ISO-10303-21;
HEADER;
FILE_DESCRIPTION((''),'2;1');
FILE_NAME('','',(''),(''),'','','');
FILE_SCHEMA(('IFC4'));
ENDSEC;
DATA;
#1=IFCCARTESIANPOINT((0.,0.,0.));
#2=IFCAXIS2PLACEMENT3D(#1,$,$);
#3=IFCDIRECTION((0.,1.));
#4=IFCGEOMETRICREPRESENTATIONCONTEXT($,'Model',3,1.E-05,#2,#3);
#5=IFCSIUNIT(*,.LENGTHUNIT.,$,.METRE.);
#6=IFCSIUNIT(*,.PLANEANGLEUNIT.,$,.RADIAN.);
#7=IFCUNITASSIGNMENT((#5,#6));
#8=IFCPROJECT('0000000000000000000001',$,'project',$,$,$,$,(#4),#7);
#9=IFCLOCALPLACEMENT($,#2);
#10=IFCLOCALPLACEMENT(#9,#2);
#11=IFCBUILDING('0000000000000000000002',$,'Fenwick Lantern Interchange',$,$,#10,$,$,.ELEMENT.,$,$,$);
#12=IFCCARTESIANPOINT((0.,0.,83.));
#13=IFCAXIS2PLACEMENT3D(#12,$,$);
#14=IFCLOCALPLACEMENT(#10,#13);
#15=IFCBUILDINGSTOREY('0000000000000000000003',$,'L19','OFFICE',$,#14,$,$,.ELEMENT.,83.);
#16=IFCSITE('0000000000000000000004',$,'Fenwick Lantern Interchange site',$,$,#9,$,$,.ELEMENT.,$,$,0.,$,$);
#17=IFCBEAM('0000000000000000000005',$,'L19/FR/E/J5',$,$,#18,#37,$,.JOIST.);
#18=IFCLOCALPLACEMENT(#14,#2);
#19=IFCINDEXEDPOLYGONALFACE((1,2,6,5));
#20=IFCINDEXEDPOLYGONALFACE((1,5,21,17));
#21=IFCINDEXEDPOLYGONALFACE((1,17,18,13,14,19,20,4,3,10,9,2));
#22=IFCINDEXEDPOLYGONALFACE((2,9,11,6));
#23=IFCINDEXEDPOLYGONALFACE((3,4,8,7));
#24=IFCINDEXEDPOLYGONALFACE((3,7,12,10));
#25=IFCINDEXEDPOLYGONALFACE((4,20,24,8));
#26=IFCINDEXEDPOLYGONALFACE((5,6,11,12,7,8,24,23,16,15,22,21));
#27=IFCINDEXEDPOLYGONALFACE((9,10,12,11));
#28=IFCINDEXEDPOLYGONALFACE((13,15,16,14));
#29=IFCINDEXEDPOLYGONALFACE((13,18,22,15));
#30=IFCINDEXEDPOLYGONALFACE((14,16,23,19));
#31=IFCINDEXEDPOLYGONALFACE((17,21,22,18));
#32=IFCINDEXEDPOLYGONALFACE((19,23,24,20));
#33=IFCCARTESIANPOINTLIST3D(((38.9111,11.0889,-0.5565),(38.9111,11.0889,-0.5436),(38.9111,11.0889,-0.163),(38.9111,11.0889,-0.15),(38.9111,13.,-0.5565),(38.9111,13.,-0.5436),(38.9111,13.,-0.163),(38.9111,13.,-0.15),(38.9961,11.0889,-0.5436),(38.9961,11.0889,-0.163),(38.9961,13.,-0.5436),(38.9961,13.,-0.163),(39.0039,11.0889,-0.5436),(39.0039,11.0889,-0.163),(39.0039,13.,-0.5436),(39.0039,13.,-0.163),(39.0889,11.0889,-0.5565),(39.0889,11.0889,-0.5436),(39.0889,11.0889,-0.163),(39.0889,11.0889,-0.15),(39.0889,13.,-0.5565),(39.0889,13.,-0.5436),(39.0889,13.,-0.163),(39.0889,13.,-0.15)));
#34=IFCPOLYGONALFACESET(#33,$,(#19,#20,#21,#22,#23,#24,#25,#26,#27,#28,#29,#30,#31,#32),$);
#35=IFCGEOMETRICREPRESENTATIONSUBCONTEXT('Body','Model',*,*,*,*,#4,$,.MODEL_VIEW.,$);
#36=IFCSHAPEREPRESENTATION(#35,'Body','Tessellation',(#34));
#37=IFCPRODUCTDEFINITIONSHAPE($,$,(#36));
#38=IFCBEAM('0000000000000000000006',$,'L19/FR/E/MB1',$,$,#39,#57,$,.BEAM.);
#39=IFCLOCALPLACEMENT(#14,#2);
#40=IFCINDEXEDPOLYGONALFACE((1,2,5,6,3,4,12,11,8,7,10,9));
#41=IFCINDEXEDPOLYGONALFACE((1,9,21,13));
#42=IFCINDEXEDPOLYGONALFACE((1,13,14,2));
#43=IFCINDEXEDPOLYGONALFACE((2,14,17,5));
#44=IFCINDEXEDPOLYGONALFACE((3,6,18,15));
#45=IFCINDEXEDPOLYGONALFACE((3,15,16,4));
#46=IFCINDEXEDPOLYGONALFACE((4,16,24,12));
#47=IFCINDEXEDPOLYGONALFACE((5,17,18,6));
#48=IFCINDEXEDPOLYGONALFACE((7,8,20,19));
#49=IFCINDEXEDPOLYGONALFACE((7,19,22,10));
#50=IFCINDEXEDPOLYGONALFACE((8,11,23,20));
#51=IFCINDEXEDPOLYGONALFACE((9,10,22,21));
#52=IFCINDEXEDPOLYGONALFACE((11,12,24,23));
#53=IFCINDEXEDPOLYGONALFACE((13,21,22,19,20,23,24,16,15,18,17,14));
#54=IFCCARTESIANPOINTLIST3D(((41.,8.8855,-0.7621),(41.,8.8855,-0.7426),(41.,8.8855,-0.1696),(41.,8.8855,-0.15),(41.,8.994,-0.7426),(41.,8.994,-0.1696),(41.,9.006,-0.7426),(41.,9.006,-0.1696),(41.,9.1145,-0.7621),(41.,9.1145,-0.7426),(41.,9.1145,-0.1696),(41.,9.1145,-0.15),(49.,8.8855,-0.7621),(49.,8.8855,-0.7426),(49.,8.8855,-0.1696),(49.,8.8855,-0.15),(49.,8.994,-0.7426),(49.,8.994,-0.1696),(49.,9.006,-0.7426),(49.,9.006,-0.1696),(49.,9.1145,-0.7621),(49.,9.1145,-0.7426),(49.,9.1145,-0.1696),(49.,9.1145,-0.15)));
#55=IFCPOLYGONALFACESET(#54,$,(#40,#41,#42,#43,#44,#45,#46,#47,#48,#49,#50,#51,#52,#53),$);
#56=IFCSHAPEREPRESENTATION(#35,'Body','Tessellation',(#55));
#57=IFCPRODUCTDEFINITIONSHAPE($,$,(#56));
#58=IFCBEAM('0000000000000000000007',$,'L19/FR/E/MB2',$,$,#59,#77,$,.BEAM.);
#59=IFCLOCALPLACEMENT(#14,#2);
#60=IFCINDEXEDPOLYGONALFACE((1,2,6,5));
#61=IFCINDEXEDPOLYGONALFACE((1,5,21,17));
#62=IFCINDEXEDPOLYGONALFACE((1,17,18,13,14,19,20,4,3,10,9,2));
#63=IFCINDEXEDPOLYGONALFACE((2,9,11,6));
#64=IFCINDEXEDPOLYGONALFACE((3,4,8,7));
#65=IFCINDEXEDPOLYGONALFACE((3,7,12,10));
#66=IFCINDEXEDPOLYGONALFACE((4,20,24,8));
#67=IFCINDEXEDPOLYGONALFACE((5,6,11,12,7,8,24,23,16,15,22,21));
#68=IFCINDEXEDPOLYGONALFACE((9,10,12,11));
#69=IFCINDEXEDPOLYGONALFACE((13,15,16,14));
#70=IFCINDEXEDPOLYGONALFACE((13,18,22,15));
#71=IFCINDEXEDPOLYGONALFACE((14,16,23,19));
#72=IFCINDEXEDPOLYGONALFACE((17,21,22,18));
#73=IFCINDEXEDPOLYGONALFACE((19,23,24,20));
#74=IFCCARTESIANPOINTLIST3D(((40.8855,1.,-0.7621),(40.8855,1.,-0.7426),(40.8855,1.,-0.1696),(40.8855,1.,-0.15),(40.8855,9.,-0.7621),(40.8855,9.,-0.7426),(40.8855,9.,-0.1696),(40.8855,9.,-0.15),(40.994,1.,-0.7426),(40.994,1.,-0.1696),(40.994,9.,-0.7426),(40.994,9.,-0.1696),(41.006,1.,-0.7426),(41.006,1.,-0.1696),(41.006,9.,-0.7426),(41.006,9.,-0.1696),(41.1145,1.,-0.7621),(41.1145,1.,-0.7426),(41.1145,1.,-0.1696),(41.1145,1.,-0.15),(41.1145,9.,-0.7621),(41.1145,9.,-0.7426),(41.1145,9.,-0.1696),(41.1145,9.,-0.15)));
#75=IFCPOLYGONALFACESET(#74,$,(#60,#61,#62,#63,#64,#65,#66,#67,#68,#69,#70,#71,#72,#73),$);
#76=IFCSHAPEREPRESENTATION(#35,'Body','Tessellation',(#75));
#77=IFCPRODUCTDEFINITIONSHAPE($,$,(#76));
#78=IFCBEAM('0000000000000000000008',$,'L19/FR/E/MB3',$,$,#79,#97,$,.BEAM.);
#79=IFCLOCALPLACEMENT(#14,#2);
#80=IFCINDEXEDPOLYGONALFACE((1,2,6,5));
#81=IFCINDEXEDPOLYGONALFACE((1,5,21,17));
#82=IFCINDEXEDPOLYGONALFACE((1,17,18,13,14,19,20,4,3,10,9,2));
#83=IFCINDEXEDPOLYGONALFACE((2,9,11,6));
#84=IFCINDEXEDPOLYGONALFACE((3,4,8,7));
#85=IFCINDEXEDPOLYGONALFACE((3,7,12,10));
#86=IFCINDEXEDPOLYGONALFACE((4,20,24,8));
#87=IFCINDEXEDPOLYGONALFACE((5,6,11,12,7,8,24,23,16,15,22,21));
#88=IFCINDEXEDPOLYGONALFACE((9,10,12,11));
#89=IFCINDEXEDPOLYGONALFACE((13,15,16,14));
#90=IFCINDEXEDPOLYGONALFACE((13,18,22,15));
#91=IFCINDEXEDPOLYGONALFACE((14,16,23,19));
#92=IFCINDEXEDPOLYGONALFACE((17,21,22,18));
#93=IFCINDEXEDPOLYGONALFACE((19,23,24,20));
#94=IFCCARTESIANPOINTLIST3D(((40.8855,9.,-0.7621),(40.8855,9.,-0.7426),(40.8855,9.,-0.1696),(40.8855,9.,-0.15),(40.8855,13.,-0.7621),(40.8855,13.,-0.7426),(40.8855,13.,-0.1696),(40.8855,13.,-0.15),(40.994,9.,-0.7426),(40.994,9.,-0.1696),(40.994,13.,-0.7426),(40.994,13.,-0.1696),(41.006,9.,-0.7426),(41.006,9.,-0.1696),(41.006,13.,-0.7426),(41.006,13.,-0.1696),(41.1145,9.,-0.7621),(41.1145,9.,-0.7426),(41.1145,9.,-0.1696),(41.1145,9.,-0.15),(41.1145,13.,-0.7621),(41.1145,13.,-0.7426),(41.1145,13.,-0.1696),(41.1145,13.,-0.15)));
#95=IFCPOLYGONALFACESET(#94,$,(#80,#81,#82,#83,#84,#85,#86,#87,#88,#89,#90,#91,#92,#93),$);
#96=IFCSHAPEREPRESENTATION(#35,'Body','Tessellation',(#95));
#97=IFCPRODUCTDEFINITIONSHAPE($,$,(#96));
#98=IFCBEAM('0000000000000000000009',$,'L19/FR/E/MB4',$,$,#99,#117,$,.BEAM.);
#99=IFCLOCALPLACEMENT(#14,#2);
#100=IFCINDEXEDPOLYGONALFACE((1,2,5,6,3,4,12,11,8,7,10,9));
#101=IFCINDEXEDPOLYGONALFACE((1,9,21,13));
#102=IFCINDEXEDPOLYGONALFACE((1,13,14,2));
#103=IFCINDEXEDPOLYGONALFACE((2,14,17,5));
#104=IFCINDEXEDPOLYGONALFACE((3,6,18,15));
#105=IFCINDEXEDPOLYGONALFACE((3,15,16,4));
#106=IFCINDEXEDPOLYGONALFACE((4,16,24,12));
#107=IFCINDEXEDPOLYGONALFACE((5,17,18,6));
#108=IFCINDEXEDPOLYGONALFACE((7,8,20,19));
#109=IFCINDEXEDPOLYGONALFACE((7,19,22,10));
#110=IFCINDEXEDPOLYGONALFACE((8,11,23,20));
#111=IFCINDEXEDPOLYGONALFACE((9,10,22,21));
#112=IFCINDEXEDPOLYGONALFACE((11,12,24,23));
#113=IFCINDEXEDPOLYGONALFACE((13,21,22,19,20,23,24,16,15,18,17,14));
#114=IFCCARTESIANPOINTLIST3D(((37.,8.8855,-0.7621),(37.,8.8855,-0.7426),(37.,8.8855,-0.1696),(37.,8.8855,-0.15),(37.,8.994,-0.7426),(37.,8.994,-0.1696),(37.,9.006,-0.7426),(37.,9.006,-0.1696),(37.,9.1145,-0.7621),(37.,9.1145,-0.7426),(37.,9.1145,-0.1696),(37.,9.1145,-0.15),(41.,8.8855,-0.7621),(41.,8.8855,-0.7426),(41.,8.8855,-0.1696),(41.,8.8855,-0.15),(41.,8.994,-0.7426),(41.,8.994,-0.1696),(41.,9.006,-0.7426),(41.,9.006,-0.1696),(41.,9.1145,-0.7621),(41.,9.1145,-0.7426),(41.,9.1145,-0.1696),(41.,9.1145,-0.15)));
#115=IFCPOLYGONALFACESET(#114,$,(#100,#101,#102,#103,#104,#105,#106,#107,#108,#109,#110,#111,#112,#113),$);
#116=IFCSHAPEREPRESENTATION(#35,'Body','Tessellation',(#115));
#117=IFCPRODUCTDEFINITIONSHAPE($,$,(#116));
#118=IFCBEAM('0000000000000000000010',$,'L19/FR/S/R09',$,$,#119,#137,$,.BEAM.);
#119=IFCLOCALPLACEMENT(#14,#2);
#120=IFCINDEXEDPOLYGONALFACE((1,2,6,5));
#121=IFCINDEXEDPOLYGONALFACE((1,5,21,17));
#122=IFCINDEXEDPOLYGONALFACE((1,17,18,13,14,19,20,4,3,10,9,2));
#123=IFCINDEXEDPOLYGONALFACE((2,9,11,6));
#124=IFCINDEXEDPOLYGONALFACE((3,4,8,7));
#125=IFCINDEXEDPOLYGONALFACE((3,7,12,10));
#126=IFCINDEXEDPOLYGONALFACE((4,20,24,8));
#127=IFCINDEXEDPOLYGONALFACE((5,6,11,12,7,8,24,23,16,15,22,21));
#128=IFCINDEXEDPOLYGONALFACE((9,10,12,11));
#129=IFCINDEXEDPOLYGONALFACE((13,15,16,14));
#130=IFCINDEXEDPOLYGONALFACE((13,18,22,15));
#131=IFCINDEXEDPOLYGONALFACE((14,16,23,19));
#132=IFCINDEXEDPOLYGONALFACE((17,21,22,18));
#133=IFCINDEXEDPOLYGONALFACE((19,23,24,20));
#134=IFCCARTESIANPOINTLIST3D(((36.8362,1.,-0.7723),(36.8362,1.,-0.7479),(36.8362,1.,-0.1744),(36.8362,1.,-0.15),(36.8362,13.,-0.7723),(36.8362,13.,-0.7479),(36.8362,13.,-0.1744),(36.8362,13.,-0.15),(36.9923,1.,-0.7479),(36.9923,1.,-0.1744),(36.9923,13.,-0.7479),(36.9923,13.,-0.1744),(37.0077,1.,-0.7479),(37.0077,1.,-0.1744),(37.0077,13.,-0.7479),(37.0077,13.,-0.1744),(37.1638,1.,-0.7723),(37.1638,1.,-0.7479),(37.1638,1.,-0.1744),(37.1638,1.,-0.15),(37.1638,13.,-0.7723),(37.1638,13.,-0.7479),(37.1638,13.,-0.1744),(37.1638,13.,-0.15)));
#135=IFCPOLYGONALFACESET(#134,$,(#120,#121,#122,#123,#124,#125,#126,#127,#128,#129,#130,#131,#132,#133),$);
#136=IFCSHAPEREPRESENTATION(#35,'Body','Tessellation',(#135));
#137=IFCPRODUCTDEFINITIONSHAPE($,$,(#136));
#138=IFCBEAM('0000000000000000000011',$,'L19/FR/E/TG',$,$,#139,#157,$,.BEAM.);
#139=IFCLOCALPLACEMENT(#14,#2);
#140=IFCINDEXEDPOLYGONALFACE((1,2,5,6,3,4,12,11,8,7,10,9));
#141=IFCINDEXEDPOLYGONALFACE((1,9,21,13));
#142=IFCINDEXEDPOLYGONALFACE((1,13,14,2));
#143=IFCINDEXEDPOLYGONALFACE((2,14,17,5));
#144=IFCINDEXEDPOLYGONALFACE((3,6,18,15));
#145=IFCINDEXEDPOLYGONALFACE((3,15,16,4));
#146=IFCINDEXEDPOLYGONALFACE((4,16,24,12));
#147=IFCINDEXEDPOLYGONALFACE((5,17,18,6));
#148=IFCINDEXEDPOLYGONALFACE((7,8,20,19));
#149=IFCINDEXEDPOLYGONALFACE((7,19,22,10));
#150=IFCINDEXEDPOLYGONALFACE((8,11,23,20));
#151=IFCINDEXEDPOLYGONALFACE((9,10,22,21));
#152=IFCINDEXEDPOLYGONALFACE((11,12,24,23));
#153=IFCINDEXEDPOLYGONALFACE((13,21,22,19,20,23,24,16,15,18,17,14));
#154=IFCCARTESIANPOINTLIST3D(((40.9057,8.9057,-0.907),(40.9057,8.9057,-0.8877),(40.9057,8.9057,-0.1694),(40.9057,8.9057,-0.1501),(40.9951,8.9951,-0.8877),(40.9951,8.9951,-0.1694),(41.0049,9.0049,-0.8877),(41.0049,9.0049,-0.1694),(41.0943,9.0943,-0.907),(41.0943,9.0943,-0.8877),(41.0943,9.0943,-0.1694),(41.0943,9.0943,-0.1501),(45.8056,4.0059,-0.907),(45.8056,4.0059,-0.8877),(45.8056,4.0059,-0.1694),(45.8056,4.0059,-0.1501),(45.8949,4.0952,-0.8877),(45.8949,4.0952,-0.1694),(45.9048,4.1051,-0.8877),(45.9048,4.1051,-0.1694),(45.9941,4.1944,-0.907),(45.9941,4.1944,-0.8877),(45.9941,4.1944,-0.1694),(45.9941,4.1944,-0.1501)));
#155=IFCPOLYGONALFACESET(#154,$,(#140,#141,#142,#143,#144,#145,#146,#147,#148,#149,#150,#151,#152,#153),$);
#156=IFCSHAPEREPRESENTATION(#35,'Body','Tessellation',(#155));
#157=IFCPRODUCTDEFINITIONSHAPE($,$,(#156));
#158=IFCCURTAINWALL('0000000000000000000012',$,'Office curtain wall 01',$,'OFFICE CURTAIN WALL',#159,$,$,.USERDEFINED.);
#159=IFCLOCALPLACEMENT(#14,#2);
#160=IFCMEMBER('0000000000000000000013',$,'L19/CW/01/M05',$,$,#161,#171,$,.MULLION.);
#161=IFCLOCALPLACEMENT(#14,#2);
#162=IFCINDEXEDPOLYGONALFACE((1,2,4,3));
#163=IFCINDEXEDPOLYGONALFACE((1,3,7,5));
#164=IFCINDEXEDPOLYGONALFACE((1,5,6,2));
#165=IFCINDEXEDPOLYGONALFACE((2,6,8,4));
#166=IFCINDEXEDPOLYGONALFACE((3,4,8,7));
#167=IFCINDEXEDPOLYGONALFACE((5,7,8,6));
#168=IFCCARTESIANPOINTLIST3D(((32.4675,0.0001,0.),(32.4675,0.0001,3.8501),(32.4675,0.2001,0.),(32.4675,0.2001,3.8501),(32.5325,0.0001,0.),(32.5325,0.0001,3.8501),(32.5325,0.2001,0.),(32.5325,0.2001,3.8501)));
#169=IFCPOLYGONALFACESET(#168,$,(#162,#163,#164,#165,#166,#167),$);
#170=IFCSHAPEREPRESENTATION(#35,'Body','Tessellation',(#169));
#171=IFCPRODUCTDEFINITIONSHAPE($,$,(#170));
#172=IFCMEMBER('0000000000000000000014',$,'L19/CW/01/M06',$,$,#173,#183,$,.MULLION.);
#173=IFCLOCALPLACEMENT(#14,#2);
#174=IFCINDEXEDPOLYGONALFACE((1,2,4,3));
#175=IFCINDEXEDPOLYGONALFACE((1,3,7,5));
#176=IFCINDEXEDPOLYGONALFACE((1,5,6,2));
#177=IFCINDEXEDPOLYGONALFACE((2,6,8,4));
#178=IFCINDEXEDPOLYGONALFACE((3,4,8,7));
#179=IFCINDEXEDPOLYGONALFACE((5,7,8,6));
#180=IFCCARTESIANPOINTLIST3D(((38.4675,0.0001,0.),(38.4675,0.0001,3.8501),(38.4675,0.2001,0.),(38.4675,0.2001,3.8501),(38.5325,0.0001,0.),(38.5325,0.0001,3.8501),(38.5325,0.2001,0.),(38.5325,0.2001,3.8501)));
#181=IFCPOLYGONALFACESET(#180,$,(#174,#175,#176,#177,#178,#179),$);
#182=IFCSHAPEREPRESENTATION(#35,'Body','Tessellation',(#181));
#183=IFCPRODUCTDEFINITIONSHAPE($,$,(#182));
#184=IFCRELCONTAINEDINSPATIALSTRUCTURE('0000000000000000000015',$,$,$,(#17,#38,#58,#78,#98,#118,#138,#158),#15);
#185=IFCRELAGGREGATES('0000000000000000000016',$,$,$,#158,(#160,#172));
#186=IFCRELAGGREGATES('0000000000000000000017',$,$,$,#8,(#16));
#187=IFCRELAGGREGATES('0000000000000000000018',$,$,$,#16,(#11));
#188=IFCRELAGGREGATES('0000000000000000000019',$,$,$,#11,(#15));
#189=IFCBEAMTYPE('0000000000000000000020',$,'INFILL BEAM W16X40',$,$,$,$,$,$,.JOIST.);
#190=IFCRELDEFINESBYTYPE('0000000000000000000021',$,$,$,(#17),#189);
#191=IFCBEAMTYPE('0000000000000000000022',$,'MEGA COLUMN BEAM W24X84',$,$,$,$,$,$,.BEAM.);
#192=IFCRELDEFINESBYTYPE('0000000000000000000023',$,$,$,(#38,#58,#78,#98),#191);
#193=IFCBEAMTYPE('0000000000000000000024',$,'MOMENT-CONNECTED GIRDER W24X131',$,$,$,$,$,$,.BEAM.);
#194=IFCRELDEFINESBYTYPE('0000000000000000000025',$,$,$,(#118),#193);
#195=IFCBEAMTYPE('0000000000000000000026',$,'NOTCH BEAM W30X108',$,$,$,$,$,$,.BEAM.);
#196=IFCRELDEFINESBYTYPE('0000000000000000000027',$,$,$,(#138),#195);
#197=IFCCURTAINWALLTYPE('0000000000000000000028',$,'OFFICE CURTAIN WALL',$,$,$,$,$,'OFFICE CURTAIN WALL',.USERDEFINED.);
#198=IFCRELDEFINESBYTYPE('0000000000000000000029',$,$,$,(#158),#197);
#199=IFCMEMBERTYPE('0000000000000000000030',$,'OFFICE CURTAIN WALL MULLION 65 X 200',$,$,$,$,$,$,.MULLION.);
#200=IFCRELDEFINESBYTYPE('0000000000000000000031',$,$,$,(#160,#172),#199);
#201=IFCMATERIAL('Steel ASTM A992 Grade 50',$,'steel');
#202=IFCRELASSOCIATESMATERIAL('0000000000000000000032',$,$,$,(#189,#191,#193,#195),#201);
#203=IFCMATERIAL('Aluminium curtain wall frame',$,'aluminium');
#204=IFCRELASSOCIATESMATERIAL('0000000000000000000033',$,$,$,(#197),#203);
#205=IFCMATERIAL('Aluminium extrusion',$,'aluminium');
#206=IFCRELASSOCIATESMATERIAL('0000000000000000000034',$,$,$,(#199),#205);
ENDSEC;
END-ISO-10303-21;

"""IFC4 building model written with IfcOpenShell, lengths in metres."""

from ifc_helpers import new_model, si_unit, direction, frame, origin, origin_2d, place, context, subcontext, project, spatial, rectangle, i_section, extrude, material, material_profile, profile_set, type_object, element, aggregate, save


model = new_model("IFC4")

# Units and contexts
model_context = context("Model", 3, precision=1e-05, world=origin(), true_north=direction((0.0, 1.0)))
body_context = subcontext(model_context, "Body", "Model", "MODEL_VIEW")
ifc_project = project(units=[si_unit("LENGTHUNIT", "METRE"), si_unit("PLANEANGLEUNIT", "RADIAN")], contexts=[model_context])

# Site, building, storey
site_placement = place(None, origin())
site = spatial("IfcSite", under=ifc_project, at=site_placement, Name="Fenwick Lantern Interchange site", CompositionType="ELEMENT", RefElevation=0.0)
building_placement = place(site_placement, origin())
building = spatial("IfcBuilding", under=site, at=building_placement, Name="Fenwick Lantern Interchange", CompositionType="ELEMENT")
storey_placement = place(building_placement, frame((0.0, 0.0, 83.0)))
storey = spatial("IfcBuildingStorey", under=building, at=storey_placement, Name="L19", Description="OFFICE", CompositionType="ELEMENT", Elevation=83.0)

# Beams
ifc_material_1 = material(Name="Steel ASTM A992 Grade 50", Category="steel")
ifc_material_profile_1 = material_profile(ifc_material_1, i_section(OverallWidth=0.1777, OverallDepth=0.4065, WebThickness=0.0078, FlangeThickness=0.0129, at=origin_2d()), Name="W16X40")
ifc_profile_set_1 = profile_set([ifc_material_profile_1], Name="Steel ASTM A992 Grade 50")
beam_type_1 = type_object("IfcBeamType", Name="INFILL BEAM W16X40", PredefinedType="JOIST", material=ifc_profile_set_1)
beam_1_placement = place(storey_placement, frame((39.0, 11.0889, -0.3533), z_axis=(0.0, 1.0, 0.0), x_axis=(-1.0, 0.0, 0.0)))
element("IfcBeam", 1, at=beam_1_placement, inside=storey, type_object=beam_type_1, Name="L19/FR/E/J5", PredefinedType="JOIST", context=body_context, shape_type="SweptSolid", body=[
    extrude(i_section(OverallWidth=0.1777, OverallDepth=0.4065, WebThickness=0.0078, FlangeThickness=0.0129, at=origin_2d()), origin(), (0.0, 0.0, 1.0), 1.9111),
])
ifc_material_profile_2 = material_profile(ifc_material_1, i_section(OverallWidth=0.229, OverallDepth=0.6121, WebThickness=0.012, FlangeThickness=0.0195, at=origin_2d()), Name="W24X84")
ifc_profile_set_2 = profile_set([ifc_material_profile_2], Name="Steel ASTM A992 Grade 50")
beam_type_2 = type_object("IfcBeamType", Name="MEGA COLUMN BEAM W24X84", PredefinedType="BEAM", material=ifc_profile_set_2)
for number, where, z_axis, x_axis, name in (
    (2, (41.0, 9.0, -0.4561), (1.0, 0.0, 0.0), (0.0, 1.0, 0.0), "L19/FR/E/MB1"),
    (3, (41.0, 9.0, -0.4561), (0.0, -1.0, 0.0), (1.0, 0.0, 0.0), "L19/FR/E/MB2"),
):
    element("IfcBeam", number, at=place(storey_placement, frame(where, z_axis=z_axis, x_axis=x_axis)), inside=storey, type_object=beam_type_2, Name=name, PredefinedType="BEAM", context=body_context, shape_type="SweptSolid", body=[
        extrude(i_section(OverallWidth=0.229, OverallDepth=0.6121, WebThickness=0.012, FlangeThickness=0.0195, at=origin_2d()), origin(), (0.0, 0.0, 1.0), 8.0),
    ])
for number, where, z_axis, x_axis, name in (
    (4, (41.0, 9.0, -0.4561), (0.0, 1.0, 0.0), (-1.0, 0.0, 0.0), "L19/FR/E/MB3"),
    (5, (41.0, 9.0, -0.4561), (-1.0, 0.0, 0.0), (0.0, -1.0, 0.0), "L19/FR/E/MB4"),
):
    element("IfcBeam", number, at=place(storey_placement, frame(where, z_axis=z_axis, x_axis=x_axis)), inside=storey, type_object=beam_type_2, Name=name, PredefinedType="BEAM", context=body_context, shape_type="SweptSolid", body=[
        extrude(i_section(OverallWidth=0.229, OverallDepth=0.6121, WebThickness=0.012, FlangeThickness=0.0195, at=origin_2d()), origin(), (0.0, 0.0, 1.0), 4.0),
    ])
ifc_material_profile_3 = material_profile(ifc_material_1, i_section(OverallWidth=0.3276, OverallDepth=0.6223, WebThickness=0.0154, FlangeThickness=0.0244, at=origin_2d()), Name="W24X131")
ifc_profile_set_3 = profile_set([ifc_material_profile_3], Name="Steel ASTM A992 Grade 50")
beam_type_3 = type_object("IfcBeamType", Name="MOMENT-CONNECTED GIRDER W24X131", PredefinedType="BEAM", material=ifc_profile_set_3)
beam_2_placement = place(storey_placement, frame((37.0, 1.0, -0.4612), z_axis=(0.0, 1.0, 0.0), x_axis=(-1.0, 0.0, 0.0)))
element("IfcBeam", 6, at=beam_2_placement, inside=storey, type_object=beam_type_3, Name="L19/FR/S/R09", PredefinedType="BEAM", context=body_context, shape_type="SweptSolid", body=[
    extrude(i_section(OverallWidth=0.3276, OverallDepth=0.6223, WebThickness=0.0154, FlangeThickness=0.0244, at=origin_2d()), origin(), (0.0, 0.0, 1.0), 12.0),
])
ifc_material_profile_4 = material_profile(ifc_material_1, i_section(OverallWidth=0.2666, OverallDepth=0.7568, WebThickness=0.0139, FlangeThickness=0.0193, at=origin_2d()), Name="W30X108")
ifc_profile_set_4 = profile_set([ifc_material_profile_4], Name="Steel ASTM A992 Grade 50")
beam_type_4 = type_object("IfcBeamType", Name="NOTCH BEAM W30X108", PredefinedType="BEAM", material=ifc_profile_set_4)
beam_3_placement = place(storey_placement, frame((41.0, 9.0, -0.5286), z_axis=(0.707107, -0.707107, 0.0), x_axis=(0.707107, 0.707107, 0.0)))
element("IfcBeam", 7, at=beam_3_placement, inside=storey, type_object=beam_type_4, Name="L19/FR/E/TG", PredefinedType="BEAM", context=body_context, shape_type="SweptSolid", body=[
    extrude(i_section(OverallWidth=0.2666, OverallDepth=0.7568, WebThickness=0.0139, FlangeThickness=0.0193, at=origin_2d()), origin(), (0.0, 0.0, 1.0), 6.9294),
])

# Curtain wall, members
ifc_material_2 = material(Name="Aluminium curtain wall frame", Category="aluminium")
curtain_wall_type = type_object("IfcCurtainWallType", Name="OFFICE CURTAIN WALL", ElementType="OFFICE CURTAIN WALL", PredefinedType="USERDEFINED", material=ifc_material_2)
curtain_wall_placement = place(storey_placement, origin())
curtain_wall = element("IfcCurtainWall", 8, at=curtain_wall_placement, inside=storey, type_object=curtain_wall_type, Name="Office curtain wall 01", ObjectType="OFFICE CURTAIN WALL", PredefinedType="USERDEFINED")
ifc_material_3 = material(Name="Aluminium extrusion", Category="aluminium")
ifc_material_profile_5 = material_profile(ifc_material_3, rectangle(XDim=0.2, YDim=0.0649, at=origin_2d()), Name="OFFICE CURTAIN WALL MULLION 65 X 200")
ifc_profile_set_5 = profile_set([ifc_material_profile_5], Name="Aluminium extrusion")
member_type_1 = type_object("IfcMemberType", Name="OFFICE CURTAIN WALL MULLION 65 X 200", PredefinedType="MULLION", material=ifc_profile_set_5)
member_1_placement = place(storey_placement, frame((32.5, 0.1001, 0.0), z_axis=(0.0, 0.0, 1.0), x_axis=(0.0, 1.0, 0.0)))
member_1 = element("IfcMember", 9, at=member_1_placement, type_object=member_type_1, Name="L19/CW/01/M05", PredefinedType="MULLION", context=body_context, shape_type="SweptSolid", body=[
    extrude(rectangle(XDim=0.2, YDim=0.0649, at=origin_2d()), origin(), (0.0, 0.0, 1.0), 3.8501),
])
member_2_placement = place(storey_placement, frame((38.5, 0.1001, 0.0), z_axis=(0.0, 0.0, 1.0), x_axis=(0.0, 1.0, 0.0)))
member_2 = element("IfcMember", 10, at=member_2_placement, type_object=member_type_1, Name="L19/CW/01/M06", PredefinedType="MULLION", context=body_context, shape_type="SweptSolid", body=[
    extrude(rectangle(XDim=0.2, YDim=0.0649, at=origin_2d()), origin(), (0.0, 0.0, 1.0), 3.8501),
])
aggregate(curtain_wall, [member_1, member_2])

save(model, "model.ifc")
